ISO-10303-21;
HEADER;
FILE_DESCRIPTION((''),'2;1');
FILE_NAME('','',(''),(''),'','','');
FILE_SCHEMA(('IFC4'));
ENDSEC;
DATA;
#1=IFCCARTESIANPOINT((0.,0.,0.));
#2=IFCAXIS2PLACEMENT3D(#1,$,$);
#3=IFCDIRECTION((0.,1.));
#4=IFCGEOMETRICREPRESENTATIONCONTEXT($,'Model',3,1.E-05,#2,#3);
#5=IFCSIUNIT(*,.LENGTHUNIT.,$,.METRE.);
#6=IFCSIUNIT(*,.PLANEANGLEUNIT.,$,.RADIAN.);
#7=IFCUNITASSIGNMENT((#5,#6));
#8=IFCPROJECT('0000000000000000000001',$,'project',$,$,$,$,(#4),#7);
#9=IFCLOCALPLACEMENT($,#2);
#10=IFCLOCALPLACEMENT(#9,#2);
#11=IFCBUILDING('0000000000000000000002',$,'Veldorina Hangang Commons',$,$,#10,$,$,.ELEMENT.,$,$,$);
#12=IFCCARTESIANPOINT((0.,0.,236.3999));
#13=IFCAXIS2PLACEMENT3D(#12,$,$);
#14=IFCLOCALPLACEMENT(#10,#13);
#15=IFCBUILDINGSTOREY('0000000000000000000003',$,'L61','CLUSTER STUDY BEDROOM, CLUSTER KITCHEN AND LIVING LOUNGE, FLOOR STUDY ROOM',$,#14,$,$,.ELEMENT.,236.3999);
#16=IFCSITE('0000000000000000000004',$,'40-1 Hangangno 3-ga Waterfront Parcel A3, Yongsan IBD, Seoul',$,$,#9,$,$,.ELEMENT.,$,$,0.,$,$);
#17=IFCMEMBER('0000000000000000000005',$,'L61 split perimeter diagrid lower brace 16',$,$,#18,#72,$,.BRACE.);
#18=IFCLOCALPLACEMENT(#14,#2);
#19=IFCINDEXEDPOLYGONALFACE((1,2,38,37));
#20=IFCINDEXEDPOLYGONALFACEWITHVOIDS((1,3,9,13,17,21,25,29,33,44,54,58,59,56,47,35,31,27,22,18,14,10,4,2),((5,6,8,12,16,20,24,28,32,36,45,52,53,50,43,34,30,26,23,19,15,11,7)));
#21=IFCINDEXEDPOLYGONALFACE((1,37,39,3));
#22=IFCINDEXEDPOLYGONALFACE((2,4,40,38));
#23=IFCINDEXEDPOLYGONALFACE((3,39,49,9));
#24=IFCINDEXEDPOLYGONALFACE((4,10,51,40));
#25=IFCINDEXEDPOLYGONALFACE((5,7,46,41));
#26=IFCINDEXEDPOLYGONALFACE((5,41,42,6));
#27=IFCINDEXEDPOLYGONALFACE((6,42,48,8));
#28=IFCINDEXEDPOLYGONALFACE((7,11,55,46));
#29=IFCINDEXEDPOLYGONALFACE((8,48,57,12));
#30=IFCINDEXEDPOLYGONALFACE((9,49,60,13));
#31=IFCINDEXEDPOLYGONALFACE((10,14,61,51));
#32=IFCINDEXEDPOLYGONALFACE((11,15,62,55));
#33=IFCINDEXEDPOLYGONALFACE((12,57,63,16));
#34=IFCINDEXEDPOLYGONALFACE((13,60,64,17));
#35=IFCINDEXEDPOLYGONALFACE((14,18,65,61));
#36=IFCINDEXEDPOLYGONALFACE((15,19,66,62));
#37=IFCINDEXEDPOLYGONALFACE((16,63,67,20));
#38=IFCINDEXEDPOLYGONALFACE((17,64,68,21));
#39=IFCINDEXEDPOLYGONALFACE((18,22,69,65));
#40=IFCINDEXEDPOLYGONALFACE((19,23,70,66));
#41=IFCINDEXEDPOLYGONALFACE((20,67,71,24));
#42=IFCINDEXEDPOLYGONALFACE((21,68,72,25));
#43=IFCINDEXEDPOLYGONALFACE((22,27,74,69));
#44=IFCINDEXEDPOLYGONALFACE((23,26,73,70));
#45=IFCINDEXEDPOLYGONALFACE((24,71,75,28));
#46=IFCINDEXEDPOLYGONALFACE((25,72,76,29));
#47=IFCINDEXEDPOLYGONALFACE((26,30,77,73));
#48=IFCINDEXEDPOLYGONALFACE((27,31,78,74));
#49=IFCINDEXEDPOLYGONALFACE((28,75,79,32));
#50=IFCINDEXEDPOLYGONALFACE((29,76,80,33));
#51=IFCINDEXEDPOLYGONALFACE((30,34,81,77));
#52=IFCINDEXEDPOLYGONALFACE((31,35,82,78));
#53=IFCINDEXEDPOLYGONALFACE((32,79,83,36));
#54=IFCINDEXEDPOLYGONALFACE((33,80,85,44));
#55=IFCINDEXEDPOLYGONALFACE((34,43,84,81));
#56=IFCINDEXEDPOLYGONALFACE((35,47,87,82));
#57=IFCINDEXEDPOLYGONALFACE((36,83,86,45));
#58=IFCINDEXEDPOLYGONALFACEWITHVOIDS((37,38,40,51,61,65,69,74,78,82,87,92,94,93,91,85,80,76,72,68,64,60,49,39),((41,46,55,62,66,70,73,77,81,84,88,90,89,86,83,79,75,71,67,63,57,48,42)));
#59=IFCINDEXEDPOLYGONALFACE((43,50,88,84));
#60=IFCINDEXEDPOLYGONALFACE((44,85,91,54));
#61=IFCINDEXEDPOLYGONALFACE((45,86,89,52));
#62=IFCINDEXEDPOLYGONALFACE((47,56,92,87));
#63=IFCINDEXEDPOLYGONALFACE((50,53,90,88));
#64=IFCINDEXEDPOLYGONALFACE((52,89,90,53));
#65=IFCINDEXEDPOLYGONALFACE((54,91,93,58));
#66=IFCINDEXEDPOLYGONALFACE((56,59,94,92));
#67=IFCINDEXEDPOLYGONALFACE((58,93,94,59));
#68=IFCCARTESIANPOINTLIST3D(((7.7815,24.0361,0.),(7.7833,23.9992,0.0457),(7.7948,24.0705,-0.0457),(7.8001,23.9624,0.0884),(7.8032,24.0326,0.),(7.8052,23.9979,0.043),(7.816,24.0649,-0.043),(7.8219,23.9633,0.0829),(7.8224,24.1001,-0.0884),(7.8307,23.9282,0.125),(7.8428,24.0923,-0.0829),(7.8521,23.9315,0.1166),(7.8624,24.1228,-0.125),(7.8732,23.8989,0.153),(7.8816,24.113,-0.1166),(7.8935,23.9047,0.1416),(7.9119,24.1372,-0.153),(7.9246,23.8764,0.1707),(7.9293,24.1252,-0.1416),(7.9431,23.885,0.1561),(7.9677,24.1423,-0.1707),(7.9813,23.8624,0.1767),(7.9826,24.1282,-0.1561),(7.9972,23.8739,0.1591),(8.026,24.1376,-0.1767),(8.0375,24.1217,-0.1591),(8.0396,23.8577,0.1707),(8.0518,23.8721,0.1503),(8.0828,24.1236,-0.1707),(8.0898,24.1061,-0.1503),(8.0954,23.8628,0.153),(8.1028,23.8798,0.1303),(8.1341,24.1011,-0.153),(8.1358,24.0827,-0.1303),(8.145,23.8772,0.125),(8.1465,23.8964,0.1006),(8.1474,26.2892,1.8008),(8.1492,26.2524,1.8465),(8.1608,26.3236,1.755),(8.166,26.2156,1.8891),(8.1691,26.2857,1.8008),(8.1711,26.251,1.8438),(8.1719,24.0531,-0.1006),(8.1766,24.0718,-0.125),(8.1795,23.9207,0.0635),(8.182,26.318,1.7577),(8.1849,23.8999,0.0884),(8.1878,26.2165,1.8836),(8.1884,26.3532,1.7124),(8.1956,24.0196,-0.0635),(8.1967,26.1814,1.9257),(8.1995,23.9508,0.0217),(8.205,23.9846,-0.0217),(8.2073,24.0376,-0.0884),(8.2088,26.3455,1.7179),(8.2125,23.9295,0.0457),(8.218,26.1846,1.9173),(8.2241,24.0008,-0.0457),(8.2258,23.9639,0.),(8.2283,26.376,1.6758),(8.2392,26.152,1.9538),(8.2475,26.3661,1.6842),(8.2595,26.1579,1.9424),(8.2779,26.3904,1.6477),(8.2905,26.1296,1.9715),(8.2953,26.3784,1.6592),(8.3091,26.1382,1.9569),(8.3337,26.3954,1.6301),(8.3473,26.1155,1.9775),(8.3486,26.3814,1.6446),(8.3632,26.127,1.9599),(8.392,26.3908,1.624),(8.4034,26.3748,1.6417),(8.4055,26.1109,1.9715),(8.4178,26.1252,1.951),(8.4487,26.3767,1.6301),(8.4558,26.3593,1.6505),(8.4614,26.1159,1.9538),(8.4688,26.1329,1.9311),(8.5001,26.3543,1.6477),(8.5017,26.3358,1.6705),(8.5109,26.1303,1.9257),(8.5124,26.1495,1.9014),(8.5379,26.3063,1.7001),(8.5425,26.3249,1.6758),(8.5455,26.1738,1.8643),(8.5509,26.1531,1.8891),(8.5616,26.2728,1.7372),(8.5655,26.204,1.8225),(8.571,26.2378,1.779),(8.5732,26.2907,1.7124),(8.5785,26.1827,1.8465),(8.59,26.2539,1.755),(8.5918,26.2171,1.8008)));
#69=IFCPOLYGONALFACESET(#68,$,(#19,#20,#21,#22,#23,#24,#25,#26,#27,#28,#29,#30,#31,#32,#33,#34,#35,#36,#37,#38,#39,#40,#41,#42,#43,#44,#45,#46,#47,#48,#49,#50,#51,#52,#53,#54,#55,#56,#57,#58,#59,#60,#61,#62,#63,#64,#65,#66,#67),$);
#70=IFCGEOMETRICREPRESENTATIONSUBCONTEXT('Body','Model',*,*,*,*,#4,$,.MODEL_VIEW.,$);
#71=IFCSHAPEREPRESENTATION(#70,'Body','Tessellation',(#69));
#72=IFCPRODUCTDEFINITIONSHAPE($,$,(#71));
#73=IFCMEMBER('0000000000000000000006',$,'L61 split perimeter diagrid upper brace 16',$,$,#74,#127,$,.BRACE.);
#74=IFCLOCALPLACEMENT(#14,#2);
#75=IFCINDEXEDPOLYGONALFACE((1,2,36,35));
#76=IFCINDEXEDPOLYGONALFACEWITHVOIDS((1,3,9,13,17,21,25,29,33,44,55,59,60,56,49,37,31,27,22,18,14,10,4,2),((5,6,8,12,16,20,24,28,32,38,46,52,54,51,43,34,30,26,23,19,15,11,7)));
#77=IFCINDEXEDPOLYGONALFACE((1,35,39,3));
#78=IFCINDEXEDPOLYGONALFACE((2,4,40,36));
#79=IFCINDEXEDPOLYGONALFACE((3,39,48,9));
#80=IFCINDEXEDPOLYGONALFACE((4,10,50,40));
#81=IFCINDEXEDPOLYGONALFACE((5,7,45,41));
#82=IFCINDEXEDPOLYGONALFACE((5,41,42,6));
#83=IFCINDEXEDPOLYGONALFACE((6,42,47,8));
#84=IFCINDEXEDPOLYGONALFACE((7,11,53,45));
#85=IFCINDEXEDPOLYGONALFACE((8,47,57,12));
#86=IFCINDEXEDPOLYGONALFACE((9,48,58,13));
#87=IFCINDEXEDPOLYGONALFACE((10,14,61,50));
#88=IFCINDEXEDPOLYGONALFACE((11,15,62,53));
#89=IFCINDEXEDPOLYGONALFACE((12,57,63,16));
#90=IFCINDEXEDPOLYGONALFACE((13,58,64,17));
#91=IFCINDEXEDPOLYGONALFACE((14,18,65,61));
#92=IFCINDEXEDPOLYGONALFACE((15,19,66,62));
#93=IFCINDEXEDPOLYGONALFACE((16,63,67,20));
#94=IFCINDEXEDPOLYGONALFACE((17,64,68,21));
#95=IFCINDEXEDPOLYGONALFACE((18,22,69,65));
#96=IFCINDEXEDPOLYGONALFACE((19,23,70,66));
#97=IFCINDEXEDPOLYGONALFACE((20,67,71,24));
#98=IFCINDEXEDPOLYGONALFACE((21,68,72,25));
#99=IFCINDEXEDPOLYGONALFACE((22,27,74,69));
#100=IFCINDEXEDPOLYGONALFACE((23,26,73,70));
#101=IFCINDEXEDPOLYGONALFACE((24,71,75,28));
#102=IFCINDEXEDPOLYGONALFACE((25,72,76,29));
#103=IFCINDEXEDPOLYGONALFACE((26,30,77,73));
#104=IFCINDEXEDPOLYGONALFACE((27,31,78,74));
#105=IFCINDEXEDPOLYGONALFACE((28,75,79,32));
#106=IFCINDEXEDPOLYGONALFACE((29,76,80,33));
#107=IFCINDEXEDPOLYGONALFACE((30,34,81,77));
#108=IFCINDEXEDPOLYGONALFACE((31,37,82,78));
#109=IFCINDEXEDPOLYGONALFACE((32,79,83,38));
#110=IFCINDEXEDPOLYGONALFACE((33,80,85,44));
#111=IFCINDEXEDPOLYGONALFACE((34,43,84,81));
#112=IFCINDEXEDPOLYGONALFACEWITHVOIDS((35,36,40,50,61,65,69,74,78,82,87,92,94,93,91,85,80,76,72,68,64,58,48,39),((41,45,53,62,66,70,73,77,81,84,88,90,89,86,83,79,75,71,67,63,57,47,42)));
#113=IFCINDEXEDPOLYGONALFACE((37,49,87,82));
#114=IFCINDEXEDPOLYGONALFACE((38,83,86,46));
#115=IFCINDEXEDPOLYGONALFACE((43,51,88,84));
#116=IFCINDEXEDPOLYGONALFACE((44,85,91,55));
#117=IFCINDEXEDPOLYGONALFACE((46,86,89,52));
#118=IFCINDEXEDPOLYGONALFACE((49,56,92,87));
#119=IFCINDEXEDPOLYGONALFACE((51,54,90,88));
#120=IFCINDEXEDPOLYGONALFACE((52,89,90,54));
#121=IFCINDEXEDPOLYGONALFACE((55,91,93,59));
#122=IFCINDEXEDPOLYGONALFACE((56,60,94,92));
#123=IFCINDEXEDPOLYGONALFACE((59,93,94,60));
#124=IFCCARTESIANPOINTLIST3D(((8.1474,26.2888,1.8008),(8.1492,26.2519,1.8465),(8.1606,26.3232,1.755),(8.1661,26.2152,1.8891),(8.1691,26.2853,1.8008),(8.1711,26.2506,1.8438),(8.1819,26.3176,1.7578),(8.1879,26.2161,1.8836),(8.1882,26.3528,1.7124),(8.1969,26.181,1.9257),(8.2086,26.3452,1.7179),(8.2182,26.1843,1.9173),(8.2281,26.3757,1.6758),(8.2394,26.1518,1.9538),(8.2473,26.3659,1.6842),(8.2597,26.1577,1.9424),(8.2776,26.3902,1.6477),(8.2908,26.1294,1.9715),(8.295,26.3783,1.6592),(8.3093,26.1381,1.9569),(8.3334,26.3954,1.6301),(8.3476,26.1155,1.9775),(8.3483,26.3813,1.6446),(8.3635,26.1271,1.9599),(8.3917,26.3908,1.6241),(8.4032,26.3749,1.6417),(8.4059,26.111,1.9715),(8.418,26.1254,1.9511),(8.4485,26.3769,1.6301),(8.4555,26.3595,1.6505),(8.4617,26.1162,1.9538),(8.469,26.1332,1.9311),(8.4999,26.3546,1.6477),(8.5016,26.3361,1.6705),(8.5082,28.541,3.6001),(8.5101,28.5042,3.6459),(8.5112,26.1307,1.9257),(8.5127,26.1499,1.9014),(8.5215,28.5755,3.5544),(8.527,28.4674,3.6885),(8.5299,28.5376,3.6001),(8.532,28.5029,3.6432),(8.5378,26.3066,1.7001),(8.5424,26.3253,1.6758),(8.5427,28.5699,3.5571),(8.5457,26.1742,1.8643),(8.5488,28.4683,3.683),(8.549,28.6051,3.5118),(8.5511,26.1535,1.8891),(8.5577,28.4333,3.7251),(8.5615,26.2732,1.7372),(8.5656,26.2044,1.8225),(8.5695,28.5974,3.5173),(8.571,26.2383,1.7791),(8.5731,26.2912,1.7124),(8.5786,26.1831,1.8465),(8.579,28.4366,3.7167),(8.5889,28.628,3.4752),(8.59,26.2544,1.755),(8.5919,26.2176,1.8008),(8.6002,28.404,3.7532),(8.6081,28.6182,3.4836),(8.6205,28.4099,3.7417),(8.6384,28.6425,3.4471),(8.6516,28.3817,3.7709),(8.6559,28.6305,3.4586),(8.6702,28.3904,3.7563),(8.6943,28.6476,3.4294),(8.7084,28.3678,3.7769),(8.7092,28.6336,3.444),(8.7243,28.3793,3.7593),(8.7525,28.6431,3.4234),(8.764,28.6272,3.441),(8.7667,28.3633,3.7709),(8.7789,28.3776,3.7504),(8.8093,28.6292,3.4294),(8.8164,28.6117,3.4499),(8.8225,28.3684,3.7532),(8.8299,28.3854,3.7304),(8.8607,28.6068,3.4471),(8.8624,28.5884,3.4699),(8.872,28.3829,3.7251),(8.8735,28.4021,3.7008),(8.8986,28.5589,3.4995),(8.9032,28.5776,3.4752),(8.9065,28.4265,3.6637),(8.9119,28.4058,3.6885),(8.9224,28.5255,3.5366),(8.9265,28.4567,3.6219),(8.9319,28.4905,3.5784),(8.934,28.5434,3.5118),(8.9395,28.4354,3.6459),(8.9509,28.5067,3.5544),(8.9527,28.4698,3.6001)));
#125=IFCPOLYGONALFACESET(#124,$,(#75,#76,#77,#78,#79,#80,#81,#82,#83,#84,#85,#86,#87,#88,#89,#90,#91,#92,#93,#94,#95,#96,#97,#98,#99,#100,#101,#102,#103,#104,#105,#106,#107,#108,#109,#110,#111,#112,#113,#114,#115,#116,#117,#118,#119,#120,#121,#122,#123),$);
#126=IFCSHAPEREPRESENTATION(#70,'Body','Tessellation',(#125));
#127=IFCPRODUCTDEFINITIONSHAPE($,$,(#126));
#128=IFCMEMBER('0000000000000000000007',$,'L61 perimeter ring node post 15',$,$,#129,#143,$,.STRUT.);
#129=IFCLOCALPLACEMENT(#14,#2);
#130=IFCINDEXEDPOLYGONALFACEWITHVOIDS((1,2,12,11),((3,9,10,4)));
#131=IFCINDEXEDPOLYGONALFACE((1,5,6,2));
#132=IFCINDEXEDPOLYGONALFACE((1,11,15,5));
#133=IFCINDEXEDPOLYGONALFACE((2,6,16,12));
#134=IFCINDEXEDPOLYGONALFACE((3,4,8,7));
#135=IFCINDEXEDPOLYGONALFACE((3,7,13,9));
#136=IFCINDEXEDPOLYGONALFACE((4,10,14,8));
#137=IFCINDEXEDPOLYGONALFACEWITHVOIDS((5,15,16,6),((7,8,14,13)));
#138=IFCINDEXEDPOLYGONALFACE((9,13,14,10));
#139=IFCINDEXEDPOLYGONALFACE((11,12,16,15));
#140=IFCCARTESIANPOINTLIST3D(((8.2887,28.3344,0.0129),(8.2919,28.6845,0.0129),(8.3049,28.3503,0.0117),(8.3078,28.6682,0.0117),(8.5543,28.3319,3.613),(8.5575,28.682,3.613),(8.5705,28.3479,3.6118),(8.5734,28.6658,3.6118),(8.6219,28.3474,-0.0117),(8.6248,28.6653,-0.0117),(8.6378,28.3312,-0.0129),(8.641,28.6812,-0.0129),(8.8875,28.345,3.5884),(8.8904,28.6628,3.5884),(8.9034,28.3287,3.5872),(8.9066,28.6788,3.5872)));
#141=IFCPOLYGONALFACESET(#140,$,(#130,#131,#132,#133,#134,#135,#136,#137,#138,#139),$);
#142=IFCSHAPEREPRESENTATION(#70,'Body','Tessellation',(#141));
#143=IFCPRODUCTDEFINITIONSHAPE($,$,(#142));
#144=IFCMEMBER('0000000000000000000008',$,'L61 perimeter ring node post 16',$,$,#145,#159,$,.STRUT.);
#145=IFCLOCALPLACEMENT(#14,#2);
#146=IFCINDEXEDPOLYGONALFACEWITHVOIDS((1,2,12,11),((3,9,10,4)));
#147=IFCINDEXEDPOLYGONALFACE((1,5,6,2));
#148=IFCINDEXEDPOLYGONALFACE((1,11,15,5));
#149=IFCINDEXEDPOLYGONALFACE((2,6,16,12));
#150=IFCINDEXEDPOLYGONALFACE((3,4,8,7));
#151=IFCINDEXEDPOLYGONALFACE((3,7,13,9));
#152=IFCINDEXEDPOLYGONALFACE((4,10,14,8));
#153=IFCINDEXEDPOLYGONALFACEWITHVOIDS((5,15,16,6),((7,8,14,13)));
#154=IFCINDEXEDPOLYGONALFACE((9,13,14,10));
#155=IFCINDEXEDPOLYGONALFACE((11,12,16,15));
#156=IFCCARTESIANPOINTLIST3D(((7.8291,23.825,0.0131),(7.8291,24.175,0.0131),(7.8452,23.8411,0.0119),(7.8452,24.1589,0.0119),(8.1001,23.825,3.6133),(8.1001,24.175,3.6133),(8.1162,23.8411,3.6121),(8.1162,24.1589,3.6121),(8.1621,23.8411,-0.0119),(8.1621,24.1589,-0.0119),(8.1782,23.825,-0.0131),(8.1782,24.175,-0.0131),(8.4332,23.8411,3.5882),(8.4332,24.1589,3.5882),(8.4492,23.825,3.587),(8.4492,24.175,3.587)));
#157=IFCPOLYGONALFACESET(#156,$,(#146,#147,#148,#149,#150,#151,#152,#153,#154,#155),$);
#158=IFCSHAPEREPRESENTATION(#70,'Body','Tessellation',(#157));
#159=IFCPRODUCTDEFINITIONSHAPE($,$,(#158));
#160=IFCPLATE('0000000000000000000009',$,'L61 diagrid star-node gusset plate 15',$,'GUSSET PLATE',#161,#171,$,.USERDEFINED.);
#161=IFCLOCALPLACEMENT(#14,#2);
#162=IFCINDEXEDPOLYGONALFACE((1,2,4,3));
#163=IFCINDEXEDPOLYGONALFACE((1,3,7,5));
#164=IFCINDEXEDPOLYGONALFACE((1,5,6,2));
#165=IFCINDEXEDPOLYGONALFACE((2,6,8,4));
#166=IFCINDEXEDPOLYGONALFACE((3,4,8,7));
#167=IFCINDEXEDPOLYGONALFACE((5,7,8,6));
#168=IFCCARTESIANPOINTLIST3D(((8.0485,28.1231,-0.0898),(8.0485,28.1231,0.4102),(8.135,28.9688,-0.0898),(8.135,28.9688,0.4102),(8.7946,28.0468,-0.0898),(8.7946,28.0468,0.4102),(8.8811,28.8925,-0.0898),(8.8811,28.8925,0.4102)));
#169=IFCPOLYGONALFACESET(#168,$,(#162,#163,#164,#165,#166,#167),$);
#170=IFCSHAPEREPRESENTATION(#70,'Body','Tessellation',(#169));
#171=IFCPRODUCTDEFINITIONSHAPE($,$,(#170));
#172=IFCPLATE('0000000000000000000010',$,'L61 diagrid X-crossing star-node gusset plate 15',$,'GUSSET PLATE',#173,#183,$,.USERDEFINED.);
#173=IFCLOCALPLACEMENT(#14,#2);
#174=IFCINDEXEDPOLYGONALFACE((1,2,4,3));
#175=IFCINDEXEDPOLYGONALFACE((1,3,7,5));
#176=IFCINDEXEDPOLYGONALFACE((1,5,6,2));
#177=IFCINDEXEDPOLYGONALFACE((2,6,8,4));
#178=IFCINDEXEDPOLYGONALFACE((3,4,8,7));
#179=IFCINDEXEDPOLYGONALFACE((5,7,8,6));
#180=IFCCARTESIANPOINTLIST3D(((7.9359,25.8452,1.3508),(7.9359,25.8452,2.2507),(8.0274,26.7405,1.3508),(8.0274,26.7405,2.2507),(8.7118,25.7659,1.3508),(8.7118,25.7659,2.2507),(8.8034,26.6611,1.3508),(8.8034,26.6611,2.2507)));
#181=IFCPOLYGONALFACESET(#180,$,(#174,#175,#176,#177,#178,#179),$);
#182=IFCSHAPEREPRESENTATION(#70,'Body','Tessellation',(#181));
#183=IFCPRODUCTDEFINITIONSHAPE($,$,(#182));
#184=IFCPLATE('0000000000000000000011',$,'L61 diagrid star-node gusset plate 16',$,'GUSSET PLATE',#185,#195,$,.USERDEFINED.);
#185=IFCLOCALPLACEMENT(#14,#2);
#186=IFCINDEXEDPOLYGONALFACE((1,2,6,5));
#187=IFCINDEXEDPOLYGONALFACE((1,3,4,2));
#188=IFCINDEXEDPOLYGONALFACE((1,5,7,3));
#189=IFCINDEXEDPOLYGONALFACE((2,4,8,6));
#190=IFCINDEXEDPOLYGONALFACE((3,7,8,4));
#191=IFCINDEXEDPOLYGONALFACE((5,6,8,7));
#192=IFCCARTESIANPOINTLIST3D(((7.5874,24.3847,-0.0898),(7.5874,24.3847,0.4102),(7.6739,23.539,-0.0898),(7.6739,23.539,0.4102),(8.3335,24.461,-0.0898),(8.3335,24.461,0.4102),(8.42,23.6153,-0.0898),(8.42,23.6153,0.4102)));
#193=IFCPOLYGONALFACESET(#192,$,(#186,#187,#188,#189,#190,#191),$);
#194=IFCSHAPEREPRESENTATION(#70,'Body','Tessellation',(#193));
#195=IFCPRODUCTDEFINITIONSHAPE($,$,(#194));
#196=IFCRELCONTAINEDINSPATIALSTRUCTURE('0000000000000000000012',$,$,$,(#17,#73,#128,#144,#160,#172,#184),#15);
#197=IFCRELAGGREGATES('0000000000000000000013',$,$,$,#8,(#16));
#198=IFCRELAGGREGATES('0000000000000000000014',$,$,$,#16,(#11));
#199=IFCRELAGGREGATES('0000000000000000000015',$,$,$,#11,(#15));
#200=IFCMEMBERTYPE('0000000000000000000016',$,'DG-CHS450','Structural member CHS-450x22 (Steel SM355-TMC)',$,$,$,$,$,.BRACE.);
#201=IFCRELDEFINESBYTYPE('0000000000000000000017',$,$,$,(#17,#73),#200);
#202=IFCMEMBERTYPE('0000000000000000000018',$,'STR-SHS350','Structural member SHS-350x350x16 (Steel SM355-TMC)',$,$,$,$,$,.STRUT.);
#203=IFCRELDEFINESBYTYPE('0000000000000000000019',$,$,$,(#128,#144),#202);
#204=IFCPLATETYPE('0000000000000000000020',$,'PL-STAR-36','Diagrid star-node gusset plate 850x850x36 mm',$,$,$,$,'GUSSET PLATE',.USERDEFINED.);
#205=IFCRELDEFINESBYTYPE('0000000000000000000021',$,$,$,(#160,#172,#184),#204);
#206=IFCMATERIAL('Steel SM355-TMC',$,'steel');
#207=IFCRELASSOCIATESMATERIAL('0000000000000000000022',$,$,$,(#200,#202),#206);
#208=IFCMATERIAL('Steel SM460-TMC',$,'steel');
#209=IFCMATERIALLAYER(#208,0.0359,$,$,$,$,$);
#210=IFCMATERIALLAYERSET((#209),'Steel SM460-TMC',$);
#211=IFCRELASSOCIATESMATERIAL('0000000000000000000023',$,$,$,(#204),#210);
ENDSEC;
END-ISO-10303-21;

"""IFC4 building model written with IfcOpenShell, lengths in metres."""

from ifc_helpers import new_model, si_unit, direction, frame, origin, origin_2d, place, context, subcontext, project, spatial, rectangle, hollow_rectangle, hollow_circle, extrude, material, layer, layer_set, material_profile, profile_set, type_object, element, save


model = new_model("IFC4")

# Units and contexts
model_context = context("Model", 3, precision=1e-05, world=origin(), true_north=direction((0.0, 1.0)))
body_context = subcontext(model_context, "Body", "Model", "MODEL_VIEW")
ifc_project = project(units=[si_unit("LENGTHUNIT", "METRE"), si_unit("PLANEANGLEUNIT", "RADIAN")], contexts=[model_context])

# Site, building, storey
site_placement = place(None, origin())
site = spatial("IfcSite", under=ifc_project, at=site_placement, Name="40-1 Hangangno 3-ga Waterfront Parcel A3, Yongsan IBD, Seoul", CompositionType="ELEMENT", RefElevation=0.0)
building_placement = place(site_placement, origin())
building = spatial("IfcBuilding", under=site, at=building_placement, Name="Veldorina Hangang Commons", CompositionType="ELEMENT")
storey_placement = place(building_placement, frame((0.0, 0.0, 236.3999)))
storey = spatial("IfcBuildingStorey", under=building, at=storey_placement, Name="L61", Description="CLUSTER STUDY BEDROOM, CLUSTER KITCHEN AND LIVING LOUNGE, FLOOR STUDY ROOM", CompositionType="ELEMENT", Elevation=236.3999)

# Shared definitions
ifc_material_1 = material(Name="Steel SM355-TMC", Category="steel")

# Members
ifc_material_profile_1 = material_profile(ifc_material_1, hollow_circle(Radius=0.2251, WallThickness=0.022, at=origin_2d()), Name="CHS-450x22")
ifc_profile_set_1 = profile_set([ifc_material_profile_1], Name="Steel SM355-TMC")
member_type_1 = type_object("IfcMemberType", Name="DG-CHS450", Description="Structural member CHS-450x22 (Steel SM355-TMC)", PredefinedType="BRACE", material=ifc_profile_set_1)
member_1_placement = place(storey_placement, frame((8.0037, 24.0, 0.0), z_axis=(0.12587, 0.774953, 0.619358), x_axis=(-0.987065, 0.160322, 0.0)))
element("IfcMember", 1, at=member_1_placement, inside=storey, type_object=member_type_1, Name="L61 split perimeter diagrid lower brace 16", PredefinedType="BRACE", context=body_context, shape_type="SweptSolid", body=[
    extrude(hollow_circle(Radius=0.2251, WallThickness=0.022, at=origin_2d()), origin(), (0.0, 0.0, 1.0), 2.9075),
])
member_2_placement = place(storey_placement, frame((8.3696, 26.2532, 1.8008), z_axis=(0.124205, 0.775232, 0.619345), x_axis=(-0.987407, 0.158199, 0.0)))
element("IfcMember", 2, at=member_2_placement, inside=storey, type_object=member_type_1, Name="L61 split perimeter diagrid upper brace 16", PredefinedType="BRACE", context=body_context, shape_type="SweptSolid", body=[
    extrude(hollow_circle(Radius=0.2251, WallThickness=0.022, at=origin_2d()), origin(), (0.0, 0.0, 1.0), 2.9053),
])
ifc_material_profile_2 = material_profile(ifc_material_1, hollow_rectangle(XDim=0.3501, YDim=0.3501, WallThickness=0.0161, at=origin_2d()), Name="SHS-350x350x16")
ifc_profile_set_2 = profile_set([ifc_material_profile_2], Name="Steel SM355-TMC")
member_type_2 = type_object("IfcMemberType", Name="STR-SHS350", Description="Structural member SHS-350x350x16 (Steel SM355-TMC)", PredefinedType="STRUT", material=ifc_profile_set_2)
member_3_placement = place(storey_placement, frame((8.4648, 28.5078, 0.0), z_axis=(0.073583, -0.000676, 0.997289), x_axis=(0.009191, 0.999958, 0.0)))
element("IfcMember", 3, at=member_3_placement, inside=storey, type_object=member_type_2, Name="L61 perimeter ring node post 15", PredefinedType="STRUT", context=body_context, shape_type="SweptSolid", body=[
    extrude(hollow_rectangle(XDim=0.3501, YDim=0.3501, WallThickness=0.0161, at=origin_2d()), origin(), (0.0, 0.0, 1.0), 3.6099),
])
member_4_placement = place(storey_placement, frame((8.0037, 24.0, 0.0), z_axis=(0.075062, 0.0, 0.997179), x_axis=(0.0, 1.0, 0.0)))
element("IfcMember", 4, at=member_4_placement, inside=storey, type_object=member_type_2, Name="L61 perimeter ring node post 16", PredefinedType="STRUT", context=body_context, shape_type="SweptSolid", body=[
    extrude(hollow_rectangle(XDim=0.3501, YDim=0.3501, WallThickness=0.0161, at=origin_2d()), origin(), (0.0, 0.0, 1.0), 3.6104),
])

# Plates
ifc_material_2 = material(Name="Steel SM460-TMC", Category="steel")
ifc_layer_1 = layer(ifc_material_2, 0.0359)
ifc_layer_set_1 = layer_set([ifc_layer_1], Name="Steel SM460-TMC")
plate_type = type_object("IfcPlateType", Name="PL-STAR-36", Description="Diagrid star-node gusset plate 850x850x36 mm", ElementType="GUSSET PLATE", PredefinedType="USERDEFINED", material=ifc_layer_set_1)
plate_1_placement = place(storey_placement, frame((8.4648, 28.5078, -0.0898), z_axis=(0.0, 0.0, 1.0), x_axis=(-0.101751, -0.99481, 0.0)))
element("IfcPlate", 5, at=plate_1_placement, inside=storey, type_object=plate_type, Name="L61 diagrid star-node gusset plate 15", ObjectType="GUSSET PLATE", PredefinedType="USERDEFINED", context=body_context, shape_type="SweptSolid", body=[
    extrude(rectangle(XDim=0.8501, YDim=0.75, at=origin_2d()), origin(), (0.0, 0.0, 1.0), 0.5),
])
plate_2_placement = place(storey_placement, frame((8.3696, 26.2532, 1.3508), z_axis=(0.0, 0.0, 1.0), x_axis=(-0.101751, -0.99481, 0.0)))
element("IfcPlate", 6, at=plate_2_placement, inside=storey, type_object=plate_type, Name="L61 diagrid X-crossing star-node gusset plate 15", ObjectType="GUSSET PLATE", PredefinedType="USERDEFINED", context=body_context, shape_type="SweptSolid", body=[
    extrude(rectangle(XDim=0.8999, YDim=0.78, at=origin_2d()), origin(), (0.0, 0.0, 1.0), 0.8999),
])
plate_3_placement = place(storey_placement, frame((8.0037, 24.0, -0.0898), z_axis=(0.0, 0.0, 1.0), x_axis=(0.101751, -0.99481, 0.0)))
element("IfcPlate", 7, at=plate_3_placement, inside=storey, type_object=plate_type, Name="L61 diagrid star-node gusset plate 16", ObjectType="GUSSET PLATE", PredefinedType="USERDEFINED", context=body_context, shape_type="SweptSolid", body=[
    extrude(rectangle(XDim=0.8501, YDim=0.75, at=origin_2d()), origin(), (0.0, 0.0, 1.0), 0.5),
])

save(model, "model.ifc")
